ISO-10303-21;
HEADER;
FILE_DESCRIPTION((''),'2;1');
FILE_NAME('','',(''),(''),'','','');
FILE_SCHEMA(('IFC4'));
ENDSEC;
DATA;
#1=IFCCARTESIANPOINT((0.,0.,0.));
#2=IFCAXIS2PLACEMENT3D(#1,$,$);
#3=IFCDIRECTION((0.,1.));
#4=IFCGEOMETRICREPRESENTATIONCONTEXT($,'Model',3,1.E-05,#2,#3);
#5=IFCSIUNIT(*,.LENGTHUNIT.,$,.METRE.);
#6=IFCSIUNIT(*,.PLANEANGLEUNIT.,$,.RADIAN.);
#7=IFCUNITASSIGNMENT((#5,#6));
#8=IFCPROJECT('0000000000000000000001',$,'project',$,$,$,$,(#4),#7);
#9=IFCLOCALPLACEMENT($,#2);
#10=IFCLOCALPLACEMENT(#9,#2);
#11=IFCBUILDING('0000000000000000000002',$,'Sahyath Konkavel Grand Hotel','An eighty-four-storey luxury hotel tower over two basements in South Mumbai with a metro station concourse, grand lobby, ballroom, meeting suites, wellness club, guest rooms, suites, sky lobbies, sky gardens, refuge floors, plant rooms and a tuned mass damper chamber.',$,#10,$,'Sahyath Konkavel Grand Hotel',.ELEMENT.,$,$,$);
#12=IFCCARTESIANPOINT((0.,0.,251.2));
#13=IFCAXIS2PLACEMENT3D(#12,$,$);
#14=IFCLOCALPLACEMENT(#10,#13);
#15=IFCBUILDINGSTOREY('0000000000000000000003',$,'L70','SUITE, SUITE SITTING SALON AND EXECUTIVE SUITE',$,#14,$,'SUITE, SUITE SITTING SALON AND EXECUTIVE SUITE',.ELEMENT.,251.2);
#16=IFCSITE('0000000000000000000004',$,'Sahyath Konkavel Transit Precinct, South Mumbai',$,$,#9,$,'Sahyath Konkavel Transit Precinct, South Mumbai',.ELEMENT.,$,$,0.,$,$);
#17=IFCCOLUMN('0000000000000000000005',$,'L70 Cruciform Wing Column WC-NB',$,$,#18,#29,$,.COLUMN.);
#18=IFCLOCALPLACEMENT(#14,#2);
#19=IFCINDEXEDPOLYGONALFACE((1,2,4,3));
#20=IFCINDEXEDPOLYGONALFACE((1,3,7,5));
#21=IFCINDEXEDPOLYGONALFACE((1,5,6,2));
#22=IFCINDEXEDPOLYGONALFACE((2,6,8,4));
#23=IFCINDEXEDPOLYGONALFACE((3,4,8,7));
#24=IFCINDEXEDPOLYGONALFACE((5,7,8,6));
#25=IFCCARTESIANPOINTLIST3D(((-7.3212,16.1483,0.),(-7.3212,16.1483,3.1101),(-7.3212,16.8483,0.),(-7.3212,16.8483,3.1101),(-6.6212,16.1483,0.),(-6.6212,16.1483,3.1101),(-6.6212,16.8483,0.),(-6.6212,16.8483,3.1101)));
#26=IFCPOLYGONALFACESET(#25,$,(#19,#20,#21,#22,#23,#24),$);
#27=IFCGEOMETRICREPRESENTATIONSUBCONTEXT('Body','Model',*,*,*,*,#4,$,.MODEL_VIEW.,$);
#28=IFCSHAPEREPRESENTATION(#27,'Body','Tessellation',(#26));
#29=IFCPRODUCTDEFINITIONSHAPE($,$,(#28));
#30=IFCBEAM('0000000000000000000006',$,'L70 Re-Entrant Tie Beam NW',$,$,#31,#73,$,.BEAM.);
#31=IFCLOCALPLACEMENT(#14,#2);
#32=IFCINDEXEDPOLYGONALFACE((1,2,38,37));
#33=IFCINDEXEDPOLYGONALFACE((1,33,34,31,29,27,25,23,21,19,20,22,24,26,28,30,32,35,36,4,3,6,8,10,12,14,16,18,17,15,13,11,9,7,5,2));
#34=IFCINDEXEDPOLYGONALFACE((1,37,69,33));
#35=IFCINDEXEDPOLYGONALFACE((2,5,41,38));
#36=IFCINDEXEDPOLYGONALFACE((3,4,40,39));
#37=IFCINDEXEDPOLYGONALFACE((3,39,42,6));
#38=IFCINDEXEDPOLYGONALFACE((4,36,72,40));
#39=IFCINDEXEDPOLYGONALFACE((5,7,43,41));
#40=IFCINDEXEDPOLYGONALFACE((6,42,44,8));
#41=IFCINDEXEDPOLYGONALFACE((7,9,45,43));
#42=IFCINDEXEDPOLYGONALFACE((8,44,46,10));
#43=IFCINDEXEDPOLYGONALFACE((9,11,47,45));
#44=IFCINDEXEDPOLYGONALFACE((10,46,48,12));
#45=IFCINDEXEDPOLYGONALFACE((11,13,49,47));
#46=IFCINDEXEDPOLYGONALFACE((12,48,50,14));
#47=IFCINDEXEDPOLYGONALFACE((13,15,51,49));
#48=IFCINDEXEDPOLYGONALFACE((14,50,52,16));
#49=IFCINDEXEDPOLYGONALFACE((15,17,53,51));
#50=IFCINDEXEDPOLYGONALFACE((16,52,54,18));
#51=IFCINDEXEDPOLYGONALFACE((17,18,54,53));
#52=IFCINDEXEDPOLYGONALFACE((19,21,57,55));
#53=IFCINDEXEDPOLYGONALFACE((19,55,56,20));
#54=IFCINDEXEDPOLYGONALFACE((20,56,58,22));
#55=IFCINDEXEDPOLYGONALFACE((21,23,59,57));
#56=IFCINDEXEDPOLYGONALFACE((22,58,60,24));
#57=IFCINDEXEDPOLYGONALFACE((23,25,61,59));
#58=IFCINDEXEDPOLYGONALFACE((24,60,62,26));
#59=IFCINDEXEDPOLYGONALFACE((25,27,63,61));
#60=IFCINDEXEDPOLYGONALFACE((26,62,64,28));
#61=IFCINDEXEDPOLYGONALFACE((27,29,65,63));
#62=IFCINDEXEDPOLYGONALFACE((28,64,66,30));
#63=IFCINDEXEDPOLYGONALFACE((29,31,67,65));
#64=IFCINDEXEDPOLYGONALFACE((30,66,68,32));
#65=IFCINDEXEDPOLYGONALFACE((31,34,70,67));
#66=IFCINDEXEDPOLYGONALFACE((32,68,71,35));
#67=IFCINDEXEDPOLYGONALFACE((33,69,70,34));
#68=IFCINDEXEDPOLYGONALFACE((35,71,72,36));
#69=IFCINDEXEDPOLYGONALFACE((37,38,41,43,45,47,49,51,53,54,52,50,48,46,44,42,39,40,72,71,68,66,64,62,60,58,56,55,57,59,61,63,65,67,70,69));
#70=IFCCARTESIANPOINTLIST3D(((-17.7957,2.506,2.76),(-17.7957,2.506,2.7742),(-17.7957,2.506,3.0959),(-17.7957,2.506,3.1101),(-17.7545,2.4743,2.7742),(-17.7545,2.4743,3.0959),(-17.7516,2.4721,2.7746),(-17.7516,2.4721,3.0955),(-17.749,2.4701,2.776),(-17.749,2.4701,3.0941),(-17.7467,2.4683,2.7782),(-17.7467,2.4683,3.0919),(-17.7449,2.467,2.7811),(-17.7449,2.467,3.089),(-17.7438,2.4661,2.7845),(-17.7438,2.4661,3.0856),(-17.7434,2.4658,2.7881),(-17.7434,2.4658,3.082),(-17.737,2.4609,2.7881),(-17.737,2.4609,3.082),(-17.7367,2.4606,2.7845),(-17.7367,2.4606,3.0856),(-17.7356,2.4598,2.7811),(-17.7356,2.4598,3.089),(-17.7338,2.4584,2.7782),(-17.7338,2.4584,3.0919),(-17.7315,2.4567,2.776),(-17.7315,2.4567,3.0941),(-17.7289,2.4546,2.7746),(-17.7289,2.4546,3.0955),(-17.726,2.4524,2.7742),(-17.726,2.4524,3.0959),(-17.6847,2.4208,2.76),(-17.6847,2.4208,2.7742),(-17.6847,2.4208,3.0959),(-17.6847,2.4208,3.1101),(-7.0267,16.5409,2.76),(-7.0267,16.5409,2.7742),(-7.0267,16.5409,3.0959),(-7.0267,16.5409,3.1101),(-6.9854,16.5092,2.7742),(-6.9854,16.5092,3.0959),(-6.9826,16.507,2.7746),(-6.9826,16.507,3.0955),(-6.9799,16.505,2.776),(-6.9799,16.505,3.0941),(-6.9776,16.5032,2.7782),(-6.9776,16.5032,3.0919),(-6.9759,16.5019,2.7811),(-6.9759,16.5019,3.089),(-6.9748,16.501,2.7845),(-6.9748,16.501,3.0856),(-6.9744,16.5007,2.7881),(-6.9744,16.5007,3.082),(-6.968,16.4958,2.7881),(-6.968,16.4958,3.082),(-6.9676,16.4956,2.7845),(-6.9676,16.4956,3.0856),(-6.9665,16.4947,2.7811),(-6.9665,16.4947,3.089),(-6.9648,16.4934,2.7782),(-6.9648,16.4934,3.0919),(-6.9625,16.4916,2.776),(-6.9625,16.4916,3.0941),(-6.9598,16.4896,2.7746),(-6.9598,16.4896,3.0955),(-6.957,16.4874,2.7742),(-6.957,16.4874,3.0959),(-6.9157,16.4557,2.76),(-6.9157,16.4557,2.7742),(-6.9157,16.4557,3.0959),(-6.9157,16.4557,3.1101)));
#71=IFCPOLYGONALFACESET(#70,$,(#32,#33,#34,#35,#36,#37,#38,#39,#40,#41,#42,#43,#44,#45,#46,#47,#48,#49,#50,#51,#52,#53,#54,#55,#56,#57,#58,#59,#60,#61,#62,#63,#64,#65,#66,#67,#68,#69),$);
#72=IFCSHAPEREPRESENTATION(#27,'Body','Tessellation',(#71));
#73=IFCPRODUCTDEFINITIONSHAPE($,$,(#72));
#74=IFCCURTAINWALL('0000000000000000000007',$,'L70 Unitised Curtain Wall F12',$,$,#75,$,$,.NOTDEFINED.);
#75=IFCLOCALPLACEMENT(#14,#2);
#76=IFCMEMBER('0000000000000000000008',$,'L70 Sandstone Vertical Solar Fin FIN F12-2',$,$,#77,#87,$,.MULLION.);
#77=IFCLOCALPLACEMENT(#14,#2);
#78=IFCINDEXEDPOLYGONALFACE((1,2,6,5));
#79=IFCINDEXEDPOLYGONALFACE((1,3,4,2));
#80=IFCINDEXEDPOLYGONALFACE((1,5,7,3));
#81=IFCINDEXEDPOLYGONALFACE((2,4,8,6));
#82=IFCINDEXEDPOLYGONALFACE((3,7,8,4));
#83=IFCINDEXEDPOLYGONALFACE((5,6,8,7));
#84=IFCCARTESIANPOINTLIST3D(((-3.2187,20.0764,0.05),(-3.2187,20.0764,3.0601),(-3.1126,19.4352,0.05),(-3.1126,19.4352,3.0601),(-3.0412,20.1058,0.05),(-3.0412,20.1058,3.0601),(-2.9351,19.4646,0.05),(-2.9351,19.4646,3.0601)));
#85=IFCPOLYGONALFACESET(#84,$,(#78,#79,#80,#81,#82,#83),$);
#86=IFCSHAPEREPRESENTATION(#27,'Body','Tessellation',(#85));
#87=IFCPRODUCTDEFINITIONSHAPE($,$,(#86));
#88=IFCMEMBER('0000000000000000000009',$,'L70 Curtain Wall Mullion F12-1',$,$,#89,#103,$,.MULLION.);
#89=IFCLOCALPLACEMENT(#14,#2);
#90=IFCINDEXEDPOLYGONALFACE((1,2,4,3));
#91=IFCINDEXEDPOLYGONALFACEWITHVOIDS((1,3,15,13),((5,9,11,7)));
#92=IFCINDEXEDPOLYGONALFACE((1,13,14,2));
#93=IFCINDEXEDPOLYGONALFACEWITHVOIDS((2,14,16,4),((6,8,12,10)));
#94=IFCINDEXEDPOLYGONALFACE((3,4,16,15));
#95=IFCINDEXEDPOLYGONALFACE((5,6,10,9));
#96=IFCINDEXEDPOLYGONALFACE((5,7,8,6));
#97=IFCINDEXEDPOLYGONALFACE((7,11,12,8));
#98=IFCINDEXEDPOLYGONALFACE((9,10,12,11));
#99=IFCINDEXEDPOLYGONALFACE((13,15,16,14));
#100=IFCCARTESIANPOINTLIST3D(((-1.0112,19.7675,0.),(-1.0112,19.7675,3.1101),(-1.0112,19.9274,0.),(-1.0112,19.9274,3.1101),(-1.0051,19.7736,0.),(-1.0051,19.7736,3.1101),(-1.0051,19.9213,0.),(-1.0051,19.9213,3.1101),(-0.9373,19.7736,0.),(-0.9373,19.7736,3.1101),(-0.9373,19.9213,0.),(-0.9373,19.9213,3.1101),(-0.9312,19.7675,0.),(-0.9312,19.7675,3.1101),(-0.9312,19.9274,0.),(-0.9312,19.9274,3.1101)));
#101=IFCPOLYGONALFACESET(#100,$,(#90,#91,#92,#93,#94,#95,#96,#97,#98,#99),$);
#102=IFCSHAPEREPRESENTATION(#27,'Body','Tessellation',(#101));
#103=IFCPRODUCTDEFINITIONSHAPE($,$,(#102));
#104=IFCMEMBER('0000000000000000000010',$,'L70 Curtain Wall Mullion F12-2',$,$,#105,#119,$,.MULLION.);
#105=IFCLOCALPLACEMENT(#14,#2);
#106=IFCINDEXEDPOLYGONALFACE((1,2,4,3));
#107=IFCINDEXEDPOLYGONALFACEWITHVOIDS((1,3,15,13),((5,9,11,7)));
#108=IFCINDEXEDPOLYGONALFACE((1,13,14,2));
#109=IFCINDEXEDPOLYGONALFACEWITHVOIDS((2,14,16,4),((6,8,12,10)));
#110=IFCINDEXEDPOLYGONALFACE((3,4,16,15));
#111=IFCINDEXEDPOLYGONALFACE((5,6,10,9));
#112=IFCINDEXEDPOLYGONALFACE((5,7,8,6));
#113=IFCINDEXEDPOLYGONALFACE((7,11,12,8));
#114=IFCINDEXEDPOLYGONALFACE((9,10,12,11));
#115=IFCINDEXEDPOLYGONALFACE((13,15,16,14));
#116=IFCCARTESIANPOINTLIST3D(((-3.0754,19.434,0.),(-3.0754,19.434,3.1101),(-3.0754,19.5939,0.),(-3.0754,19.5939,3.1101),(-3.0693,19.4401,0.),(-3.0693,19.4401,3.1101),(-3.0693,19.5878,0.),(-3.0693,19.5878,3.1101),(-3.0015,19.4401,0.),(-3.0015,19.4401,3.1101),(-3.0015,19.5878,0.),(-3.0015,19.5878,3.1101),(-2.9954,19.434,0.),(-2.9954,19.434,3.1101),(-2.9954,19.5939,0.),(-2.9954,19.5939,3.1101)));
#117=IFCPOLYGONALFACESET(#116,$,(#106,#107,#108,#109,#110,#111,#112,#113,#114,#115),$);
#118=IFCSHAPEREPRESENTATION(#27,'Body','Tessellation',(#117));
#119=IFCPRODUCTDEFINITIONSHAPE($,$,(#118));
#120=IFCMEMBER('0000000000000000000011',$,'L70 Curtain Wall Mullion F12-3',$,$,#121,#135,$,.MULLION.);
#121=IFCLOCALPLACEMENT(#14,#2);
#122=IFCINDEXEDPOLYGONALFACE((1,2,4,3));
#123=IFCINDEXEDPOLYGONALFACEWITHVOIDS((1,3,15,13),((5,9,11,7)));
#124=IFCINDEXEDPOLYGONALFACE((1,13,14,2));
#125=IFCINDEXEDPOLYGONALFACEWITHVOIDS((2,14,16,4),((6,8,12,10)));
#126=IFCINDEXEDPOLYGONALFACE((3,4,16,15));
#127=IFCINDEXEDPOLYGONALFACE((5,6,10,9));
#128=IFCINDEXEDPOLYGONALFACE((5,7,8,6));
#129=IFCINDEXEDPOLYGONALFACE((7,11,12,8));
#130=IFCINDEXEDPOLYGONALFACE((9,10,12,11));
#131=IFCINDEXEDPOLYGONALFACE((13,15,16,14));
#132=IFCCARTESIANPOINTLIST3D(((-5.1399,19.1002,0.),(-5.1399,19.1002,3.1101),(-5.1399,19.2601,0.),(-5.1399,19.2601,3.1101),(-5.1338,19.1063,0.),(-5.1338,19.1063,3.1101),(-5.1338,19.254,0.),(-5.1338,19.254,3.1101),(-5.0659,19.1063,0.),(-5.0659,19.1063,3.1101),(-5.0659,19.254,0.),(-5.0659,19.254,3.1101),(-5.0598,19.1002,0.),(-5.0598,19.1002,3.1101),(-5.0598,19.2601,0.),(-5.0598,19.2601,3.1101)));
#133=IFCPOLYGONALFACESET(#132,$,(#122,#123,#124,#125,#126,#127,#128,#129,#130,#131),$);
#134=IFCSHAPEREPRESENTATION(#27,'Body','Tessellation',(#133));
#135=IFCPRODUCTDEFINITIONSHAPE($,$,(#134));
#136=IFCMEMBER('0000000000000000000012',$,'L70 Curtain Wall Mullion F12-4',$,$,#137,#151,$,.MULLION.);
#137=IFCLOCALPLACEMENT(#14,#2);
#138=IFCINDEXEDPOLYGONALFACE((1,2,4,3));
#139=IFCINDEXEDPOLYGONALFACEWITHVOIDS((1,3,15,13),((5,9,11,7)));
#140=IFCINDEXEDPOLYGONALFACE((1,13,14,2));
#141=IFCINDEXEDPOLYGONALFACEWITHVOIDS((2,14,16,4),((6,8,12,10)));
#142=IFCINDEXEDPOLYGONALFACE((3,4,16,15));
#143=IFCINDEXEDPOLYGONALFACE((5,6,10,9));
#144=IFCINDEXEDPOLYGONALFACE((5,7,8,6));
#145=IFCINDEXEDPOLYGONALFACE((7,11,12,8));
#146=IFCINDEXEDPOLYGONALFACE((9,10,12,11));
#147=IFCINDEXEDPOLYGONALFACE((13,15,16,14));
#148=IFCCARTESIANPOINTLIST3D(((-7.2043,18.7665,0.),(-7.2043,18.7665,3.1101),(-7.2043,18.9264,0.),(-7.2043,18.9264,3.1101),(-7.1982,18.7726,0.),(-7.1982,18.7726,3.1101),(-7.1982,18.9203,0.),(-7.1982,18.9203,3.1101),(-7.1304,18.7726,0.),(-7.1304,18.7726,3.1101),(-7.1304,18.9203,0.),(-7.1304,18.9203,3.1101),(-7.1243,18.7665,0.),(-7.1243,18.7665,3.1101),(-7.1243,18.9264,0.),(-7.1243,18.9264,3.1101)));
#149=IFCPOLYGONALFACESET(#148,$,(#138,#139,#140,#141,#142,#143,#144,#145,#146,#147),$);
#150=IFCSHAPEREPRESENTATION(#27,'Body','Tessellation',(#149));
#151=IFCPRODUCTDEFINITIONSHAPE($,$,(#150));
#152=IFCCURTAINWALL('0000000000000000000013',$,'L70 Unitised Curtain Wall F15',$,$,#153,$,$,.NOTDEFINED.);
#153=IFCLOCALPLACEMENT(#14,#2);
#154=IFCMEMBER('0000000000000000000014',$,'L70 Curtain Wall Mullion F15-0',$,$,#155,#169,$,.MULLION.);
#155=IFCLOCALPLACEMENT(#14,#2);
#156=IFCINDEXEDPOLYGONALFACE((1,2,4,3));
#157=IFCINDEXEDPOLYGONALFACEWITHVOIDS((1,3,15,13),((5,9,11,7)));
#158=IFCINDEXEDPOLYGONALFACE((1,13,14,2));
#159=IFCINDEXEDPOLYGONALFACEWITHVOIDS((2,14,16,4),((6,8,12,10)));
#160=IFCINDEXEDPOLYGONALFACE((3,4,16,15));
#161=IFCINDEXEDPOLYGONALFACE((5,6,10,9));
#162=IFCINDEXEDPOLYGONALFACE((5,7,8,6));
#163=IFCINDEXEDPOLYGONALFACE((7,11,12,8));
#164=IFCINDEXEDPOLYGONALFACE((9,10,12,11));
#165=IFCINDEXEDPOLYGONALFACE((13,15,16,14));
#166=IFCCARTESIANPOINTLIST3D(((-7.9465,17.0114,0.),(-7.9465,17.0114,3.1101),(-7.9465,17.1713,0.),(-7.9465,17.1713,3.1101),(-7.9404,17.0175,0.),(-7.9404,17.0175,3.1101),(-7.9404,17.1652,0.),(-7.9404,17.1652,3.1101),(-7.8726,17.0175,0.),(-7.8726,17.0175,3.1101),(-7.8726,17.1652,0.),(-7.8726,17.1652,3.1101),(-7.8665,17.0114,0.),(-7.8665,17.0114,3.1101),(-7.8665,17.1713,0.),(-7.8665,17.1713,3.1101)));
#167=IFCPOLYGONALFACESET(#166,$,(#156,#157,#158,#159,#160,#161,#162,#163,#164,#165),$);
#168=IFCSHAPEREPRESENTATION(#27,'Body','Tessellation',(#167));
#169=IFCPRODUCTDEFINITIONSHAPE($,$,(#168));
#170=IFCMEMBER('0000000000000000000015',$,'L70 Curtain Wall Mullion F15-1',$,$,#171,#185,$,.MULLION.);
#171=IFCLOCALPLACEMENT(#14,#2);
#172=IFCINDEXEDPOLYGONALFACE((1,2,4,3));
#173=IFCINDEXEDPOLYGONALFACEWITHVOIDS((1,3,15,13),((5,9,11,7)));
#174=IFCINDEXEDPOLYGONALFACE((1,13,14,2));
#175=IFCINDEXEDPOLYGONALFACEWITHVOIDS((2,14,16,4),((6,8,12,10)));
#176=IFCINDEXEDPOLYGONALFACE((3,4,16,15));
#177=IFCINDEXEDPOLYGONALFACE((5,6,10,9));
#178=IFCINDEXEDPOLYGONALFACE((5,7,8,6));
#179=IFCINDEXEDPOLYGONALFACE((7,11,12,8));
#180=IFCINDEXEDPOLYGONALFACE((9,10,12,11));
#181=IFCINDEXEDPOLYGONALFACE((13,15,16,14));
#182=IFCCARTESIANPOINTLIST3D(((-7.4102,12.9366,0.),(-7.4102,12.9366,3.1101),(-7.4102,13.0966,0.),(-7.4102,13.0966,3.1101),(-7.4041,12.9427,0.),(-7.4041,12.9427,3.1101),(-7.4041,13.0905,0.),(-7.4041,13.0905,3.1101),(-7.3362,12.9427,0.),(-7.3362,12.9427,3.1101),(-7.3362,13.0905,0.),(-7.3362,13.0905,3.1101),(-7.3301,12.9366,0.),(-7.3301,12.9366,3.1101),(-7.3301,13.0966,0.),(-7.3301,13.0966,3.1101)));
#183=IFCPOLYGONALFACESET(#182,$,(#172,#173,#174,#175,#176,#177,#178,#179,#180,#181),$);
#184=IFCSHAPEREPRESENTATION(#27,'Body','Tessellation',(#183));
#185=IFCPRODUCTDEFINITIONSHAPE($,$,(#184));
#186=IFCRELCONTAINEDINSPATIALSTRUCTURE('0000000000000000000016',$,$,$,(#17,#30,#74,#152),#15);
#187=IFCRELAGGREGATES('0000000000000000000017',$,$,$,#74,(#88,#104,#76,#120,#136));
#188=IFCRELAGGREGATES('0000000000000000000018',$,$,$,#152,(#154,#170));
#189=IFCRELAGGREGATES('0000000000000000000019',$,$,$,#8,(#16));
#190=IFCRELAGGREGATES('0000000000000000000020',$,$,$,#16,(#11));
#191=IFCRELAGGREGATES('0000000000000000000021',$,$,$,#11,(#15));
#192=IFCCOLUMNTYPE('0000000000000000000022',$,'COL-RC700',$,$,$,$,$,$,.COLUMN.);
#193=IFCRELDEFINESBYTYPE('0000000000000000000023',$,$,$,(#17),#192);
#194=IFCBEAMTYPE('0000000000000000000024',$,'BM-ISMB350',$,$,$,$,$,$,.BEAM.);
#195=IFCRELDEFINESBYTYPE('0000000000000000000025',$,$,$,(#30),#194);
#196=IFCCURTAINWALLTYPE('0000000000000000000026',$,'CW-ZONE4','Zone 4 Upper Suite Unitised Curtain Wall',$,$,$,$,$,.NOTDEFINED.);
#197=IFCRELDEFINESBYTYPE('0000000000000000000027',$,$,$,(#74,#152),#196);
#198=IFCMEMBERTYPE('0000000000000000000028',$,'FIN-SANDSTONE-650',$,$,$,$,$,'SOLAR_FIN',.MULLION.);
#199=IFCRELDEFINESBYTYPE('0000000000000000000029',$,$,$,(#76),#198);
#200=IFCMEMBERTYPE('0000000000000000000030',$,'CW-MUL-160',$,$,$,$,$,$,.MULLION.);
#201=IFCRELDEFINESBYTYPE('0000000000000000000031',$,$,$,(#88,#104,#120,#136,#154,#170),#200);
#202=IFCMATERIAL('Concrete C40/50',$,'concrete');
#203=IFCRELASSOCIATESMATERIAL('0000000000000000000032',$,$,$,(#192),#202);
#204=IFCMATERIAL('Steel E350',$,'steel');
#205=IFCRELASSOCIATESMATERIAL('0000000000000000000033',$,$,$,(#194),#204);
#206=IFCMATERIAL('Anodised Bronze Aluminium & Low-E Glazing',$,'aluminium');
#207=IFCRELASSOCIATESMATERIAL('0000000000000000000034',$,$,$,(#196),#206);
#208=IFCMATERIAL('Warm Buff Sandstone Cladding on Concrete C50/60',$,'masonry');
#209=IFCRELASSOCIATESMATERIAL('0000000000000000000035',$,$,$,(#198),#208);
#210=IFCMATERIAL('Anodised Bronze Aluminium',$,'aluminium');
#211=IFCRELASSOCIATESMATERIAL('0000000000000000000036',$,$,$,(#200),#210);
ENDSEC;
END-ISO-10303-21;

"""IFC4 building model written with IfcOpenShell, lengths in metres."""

from ifc_helpers import new_model, si_unit, direction, frame, origin, origin_2d, place, context, subcontext, project, spatial, rectangle, hollow_rectangle, i_section, extrude, source, transform, mapped, material, material_profile, profile_set, type_object, element, aggregate, save


model = new_model("IFC4")

# Units and contexts
model_context = context("Model", 3, precision=1e-05, world=origin(), true_north=direction((0.0, 1.0)))
body_context = subcontext(model_context, "Body", "Model", "MODEL_VIEW")
ifc_project = project(units=[si_unit("LENGTHUNIT", "METRE"), si_unit("PLANEANGLEUNIT", "RADIAN")], contexts=[model_context])

# Site, building, storey
site_placement = place(None, origin())
site = spatial("IfcSite", under=ifc_project, at=site_placement, Name="Sahyath Konkavel Transit Precinct, South Mumbai", LongName="Sahyath Konkavel Transit Precinct, South Mumbai", CompositionType="ELEMENT", RefElevation=0.0)
building_placement = place(site_placement, origin())
building = spatial("IfcBuilding", under=site, at=building_placement, Name="Sahyath Konkavel Grand Hotel", Description="An eighty-four-storey luxury hotel tower over two basements in South Mumbai with a metro station concourse, grand lobby, ballroom, meeting suites, wellness club, guest rooms, suites, sky lobbies, sky gardens, refuge floors, plant rooms and a tuned mass damper chamber.", LongName="Sahyath Konkavel Grand Hotel", CompositionType="ELEMENT")
storey_placement = place(building_placement, frame((0.0, 0.0, 251.2)))
storey = spatial("IfcBuildingStorey", under=building, at=storey_placement, Name="L70", Description="SUITE, SUITE SITTING SALON AND EXECUTIVE SUITE", LongName="SUITE, SUITE SITTING SALON AND EXECUTIVE SUITE", CompositionType="ELEMENT", Elevation=251.2)

# Column
ifc_material_1 = material(Name="Concrete C40/50", Category="concrete")
ifc_material_profile_1 = material_profile(ifc_material_1, rectangle(XDim=0.7, YDim=0.7, at=origin_2d()), Name="RC 700x700")
ifc_profile_set_1 = profile_set([ifc_material_profile_1], Name="Concrete C40/50")
column_type = type_object("IfcColumnType", Name="COL-RC700", PredefinedType="COLUMN", material=ifc_profile_set_1)
shared_shape_1 = source(origin(), body_context, "Body", "SweptSolid", [
    extrude(rectangle(XDim=0.7, YDim=0.7, at=origin_2d()), origin(), (0.0, 0.0, 1.0), 3.1101),
])
column_placement = place(storey_placement, frame((-6.9712, 16.4983, 0.0), z_axis=(0.0, 0.0, 1.0), x_axis=(1.0, 0.0, 0.0)))
element("IfcColumn", 1, at=column_placement, inside=storey, type_object=column_type, Name="L70 Cruciform Wing Column WC-NB", PredefinedType="COLUMN", context=body_context, shape_type="MappedRepresentation", body=[
    mapped(shared_shape_1, transform((0.0, 0.0, 0.0), scale=1.0)),
])

# Beam
ifc_material_2 = material(Name="Steel E350", Category="steel")
ifc_material_profile_2 = material_profile(ifc_material_2, i_section(OverallWidth=0.1399, OverallDepth=0.3501, WebThickness=0.0081, FlangeThickness=0.0142, FilletRadius=0.0139, at=origin_2d()), Name="ISMB 350")
ifc_profile_set_2 = profile_set([ifc_material_profile_2], Name="Steel E350")
beam_type = type_object("IfcBeamType", Name="BM-ISMB350", PredefinedType="BEAM", material=ifc_profile_set_2)
shared_shape_2 = source(origin(), body_context, "Body", "SweptSolid", [
    extrude(i_section(OverallWidth=0.1399, OverallDepth=0.3501, WebThickness=0.0081, FlangeThickness=0.0142, FilletRadius=0.0139, at=origin_2d()), origin(), (0.0, 0.0, 1.0), 17.6904),
])
beam_placement = place(storey_placement, frame((-6.9712, 16.4983, 2.9351), z_axis=(-0.60875, -0.793362, 0.0), x_axis=(0.793362, -0.60875, 0.0)))
element("IfcBeam", 2, at=beam_placement, inside=storey, type_object=beam_type, Name="L70 Re-Entrant Tie Beam NW", PredefinedType="BEAM", context=body_context, shape_type="MappedRepresentation", body=[
    mapped(shared_shape_2, transform((0.0, 0.0, 0.0), scale=1.0)),
])

# Curtain walls, members
ifc_material_3 = material(Name="Anodised Bronze Aluminium & Low-E Glazing", Category="aluminium")
curtain_wall_type = type_object("IfcCurtainWallType", Name="CW-ZONE4", Description="Zone 4 Upper Suite Unitised Curtain Wall", PredefinedType="NOTDEFINED", material=ifc_material_3)
curtain_wall_1_placement = place(storey_placement, origin())
curtain_wall_1 = element("IfcCurtainWall", 3, at=curtain_wall_1_placement, inside=storey, type_object=curtain_wall_type, Name="L70 Unitised Curtain Wall F12", PredefinedType="NOTDEFINED")
ifc_material_4 = material(Name="Warm Buff Sandstone Cladding on Concrete C50/60", Category="masonry")
ifc_material_profile_3 = material_profile(ifc_material_4, rectangle(XDim=0.1799, YDim=0.6499, at=origin_2d()), Name="FIN 180x650")
ifc_profile_set_3 = profile_set([ifc_material_profile_3], Name="Warm Buff Sandstone Cladding on Concrete C50/60")
member_type_1 = type_object("IfcMemberType", Name="FIN-SANDSTONE-650", ElementType="SOLAR_FIN", PredefinedType="MULLION", material=ifc_profile_set_3)
shared_shape_3 = source(origin(), body_context, "Body", "SweptSolid", [
    extrude(rectangle(XDim=0.1799, YDim=0.6499, at=origin_2d()), origin(), (0.0, 0.0, 1.0), 3.01),
])
member_1_placement = place(storey_placement, frame((-3.0769, 19.7705, 0.05), z_axis=(0.0, 0.0, 1.0), x_axis=(0.986572, 0.163326, 0.0)))
member_1 = element("IfcMember", 4, at=member_1_placement, type_object=member_type_1, Name="L70 Sandstone Vertical Solar Fin FIN F12-2", PredefinedType="MULLION", context=body_context, shape_type="MappedRepresentation", body=[
    mapped(shared_shape_3, transform((0.0, 0.0, 0.0), scale=1.0)),
])
ifc_material_5 = material(Name="Anodised Bronze Aluminium", Category="aluminium")
ifc_material_profile_4 = material_profile(ifc_material_5, hollow_rectangle(XDim=0.0801, YDim=0.1599, WallThickness=0.0061, at=origin_2d()), Name="RHS 160x80x6")
ifc_profile_set_4 = profile_set([ifc_material_profile_4], Name="Anodised Bronze Aluminium")
member_type_2 = type_object("IfcMemberType", Name="CW-MUL-160", PredefinedType="MULLION", material=ifc_profile_set_4)
shared_shape_4 = source(origin(), body_context, "Body", "SweptSolid", [
    extrude(hollow_rectangle(XDim=0.0801, YDim=0.1599, WallThickness=0.0061, at=origin_2d()), origin(), (0.0, 0.0, 1.0), 3.1101),
])
member_2_placement = place(storey_placement, frame((-0.9712, 19.8474, 0.0), z_axis=(0.0, 0.0, 1.0), x_axis=(1.0, 0.0, 0.0)))
member_2 = element("IfcMember", 5, at=member_2_placement, type_object=member_type_2, Name="L70 Curtain Wall Mullion F12-1", PredefinedType="MULLION", context=body_context, shape_type="MappedRepresentation", body=[
    mapped(shared_shape_4, transform((0.0, 0.0, 0.0), scale=1.0)),
])
member_3_placement = place(storey_placement, frame((-3.0354, 19.5139, 0.0), z_axis=(0.0, 0.0, 1.0), x_axis=(1.0, 0.0, 0.0)))
member_3 = element("IfcMember", 6, at=member_3_placement, type_object=member_type_2, Name="L70 Curtain Wall Mullion F12-2", PredefinedType="MULLION", context=body_context, shape_type="MappedRepresentation", body=[
    mapped(shared_shape_4, transform((0.0, 0.0, 0.0), scale=1.0)),
])
member_4_placement = place(storey_placement, frame((-5.0999, 19.1802, 0.0), z_axis=(0.0, 0.0, 1.0), x_axis=(1.0, 0.0, 0.0)))
member_4 = element("IfcMember", 7, at=member_4_placement, type_object=member_type_2, Name="L70 Curtain Wall Mullion F12-3", PredefinedType="MULLION", context=body_context, shape_type="MappedRepresentation", body=[
    mapped(shared_shape_4, transform((0.0, 0.0, 0.0), scale=1.0)),
])
member_5_placement = place(storey_placement, frame((-7.1643, 18.8464, 0.0), z_axis=(0.0, 0.0, 1.0), x_axis=(1.0, 0.0, 0.0)))
member_5 = element("IfcMember", 8, at=member_5_placement, type_object=member_type_2, Name="L70 Curtain Wall Mullion F12-4", PredefinedType="MULLION", context=body_context, shape_type="MappedRepresentation", body=[
    mapped(shared_shape_4, transform((0.0, 0.0, 0.0), scale=1.0)),
])
curtain_wall_2_placement = place(storey_placement, origin())
curtain_wall_2 = element("IfcCurtainWall", 9, at=curtain_wall_2_placement, inside=storey, type_object=curtain_wall_type, Name="L70 Unitised Curtain Wall F15", PredefinedType="NOTDEFINED")
member_6_placement = place(storey_placement, frame((-7.9065, 17.0913, 0.0), z_axis=(0.0, 0.0, 1.0), x_axis=(1.0, 0.0, 0.0)))
member_6 = element("IfcMember", 10, at=member_6_placement, type_object=member_type_2, Name="L70 Curtain Wall Mullion F15-0", PredefinedType="MULLION", context=body_context, shape_type="MappedRepresentation", body=[
    mapped(shared_shape_4, transform((0.0, 0.0, 0.0), scale=1.0)),
])
member_7_placement = place(storey_placement, frame((-7.3701, 13.0166, 0.0), z_axis=(0.0, 0.0, 1.0), x_axis=(1.0, 0.0, 0.0)))
member_7 = element("IfcMember", 11, at=member_7_placement, type_object=member_type_2, Name="L70 Curtain Wall Mullion F15-1", PredefinedType="MULLION", context=body_context, shape_type="MappedRepresentation", body=[
    mapped(shared_shape_4, transform((0.0, 0.0, 0.0), scale=1.0)),
])

aggregate(curtain_wall_1, [member_2, member_3, member_1, member_4, member_5])
aggregate(curtain_wall_2, [member_6, member_7])

save(model, "model.ifc")
